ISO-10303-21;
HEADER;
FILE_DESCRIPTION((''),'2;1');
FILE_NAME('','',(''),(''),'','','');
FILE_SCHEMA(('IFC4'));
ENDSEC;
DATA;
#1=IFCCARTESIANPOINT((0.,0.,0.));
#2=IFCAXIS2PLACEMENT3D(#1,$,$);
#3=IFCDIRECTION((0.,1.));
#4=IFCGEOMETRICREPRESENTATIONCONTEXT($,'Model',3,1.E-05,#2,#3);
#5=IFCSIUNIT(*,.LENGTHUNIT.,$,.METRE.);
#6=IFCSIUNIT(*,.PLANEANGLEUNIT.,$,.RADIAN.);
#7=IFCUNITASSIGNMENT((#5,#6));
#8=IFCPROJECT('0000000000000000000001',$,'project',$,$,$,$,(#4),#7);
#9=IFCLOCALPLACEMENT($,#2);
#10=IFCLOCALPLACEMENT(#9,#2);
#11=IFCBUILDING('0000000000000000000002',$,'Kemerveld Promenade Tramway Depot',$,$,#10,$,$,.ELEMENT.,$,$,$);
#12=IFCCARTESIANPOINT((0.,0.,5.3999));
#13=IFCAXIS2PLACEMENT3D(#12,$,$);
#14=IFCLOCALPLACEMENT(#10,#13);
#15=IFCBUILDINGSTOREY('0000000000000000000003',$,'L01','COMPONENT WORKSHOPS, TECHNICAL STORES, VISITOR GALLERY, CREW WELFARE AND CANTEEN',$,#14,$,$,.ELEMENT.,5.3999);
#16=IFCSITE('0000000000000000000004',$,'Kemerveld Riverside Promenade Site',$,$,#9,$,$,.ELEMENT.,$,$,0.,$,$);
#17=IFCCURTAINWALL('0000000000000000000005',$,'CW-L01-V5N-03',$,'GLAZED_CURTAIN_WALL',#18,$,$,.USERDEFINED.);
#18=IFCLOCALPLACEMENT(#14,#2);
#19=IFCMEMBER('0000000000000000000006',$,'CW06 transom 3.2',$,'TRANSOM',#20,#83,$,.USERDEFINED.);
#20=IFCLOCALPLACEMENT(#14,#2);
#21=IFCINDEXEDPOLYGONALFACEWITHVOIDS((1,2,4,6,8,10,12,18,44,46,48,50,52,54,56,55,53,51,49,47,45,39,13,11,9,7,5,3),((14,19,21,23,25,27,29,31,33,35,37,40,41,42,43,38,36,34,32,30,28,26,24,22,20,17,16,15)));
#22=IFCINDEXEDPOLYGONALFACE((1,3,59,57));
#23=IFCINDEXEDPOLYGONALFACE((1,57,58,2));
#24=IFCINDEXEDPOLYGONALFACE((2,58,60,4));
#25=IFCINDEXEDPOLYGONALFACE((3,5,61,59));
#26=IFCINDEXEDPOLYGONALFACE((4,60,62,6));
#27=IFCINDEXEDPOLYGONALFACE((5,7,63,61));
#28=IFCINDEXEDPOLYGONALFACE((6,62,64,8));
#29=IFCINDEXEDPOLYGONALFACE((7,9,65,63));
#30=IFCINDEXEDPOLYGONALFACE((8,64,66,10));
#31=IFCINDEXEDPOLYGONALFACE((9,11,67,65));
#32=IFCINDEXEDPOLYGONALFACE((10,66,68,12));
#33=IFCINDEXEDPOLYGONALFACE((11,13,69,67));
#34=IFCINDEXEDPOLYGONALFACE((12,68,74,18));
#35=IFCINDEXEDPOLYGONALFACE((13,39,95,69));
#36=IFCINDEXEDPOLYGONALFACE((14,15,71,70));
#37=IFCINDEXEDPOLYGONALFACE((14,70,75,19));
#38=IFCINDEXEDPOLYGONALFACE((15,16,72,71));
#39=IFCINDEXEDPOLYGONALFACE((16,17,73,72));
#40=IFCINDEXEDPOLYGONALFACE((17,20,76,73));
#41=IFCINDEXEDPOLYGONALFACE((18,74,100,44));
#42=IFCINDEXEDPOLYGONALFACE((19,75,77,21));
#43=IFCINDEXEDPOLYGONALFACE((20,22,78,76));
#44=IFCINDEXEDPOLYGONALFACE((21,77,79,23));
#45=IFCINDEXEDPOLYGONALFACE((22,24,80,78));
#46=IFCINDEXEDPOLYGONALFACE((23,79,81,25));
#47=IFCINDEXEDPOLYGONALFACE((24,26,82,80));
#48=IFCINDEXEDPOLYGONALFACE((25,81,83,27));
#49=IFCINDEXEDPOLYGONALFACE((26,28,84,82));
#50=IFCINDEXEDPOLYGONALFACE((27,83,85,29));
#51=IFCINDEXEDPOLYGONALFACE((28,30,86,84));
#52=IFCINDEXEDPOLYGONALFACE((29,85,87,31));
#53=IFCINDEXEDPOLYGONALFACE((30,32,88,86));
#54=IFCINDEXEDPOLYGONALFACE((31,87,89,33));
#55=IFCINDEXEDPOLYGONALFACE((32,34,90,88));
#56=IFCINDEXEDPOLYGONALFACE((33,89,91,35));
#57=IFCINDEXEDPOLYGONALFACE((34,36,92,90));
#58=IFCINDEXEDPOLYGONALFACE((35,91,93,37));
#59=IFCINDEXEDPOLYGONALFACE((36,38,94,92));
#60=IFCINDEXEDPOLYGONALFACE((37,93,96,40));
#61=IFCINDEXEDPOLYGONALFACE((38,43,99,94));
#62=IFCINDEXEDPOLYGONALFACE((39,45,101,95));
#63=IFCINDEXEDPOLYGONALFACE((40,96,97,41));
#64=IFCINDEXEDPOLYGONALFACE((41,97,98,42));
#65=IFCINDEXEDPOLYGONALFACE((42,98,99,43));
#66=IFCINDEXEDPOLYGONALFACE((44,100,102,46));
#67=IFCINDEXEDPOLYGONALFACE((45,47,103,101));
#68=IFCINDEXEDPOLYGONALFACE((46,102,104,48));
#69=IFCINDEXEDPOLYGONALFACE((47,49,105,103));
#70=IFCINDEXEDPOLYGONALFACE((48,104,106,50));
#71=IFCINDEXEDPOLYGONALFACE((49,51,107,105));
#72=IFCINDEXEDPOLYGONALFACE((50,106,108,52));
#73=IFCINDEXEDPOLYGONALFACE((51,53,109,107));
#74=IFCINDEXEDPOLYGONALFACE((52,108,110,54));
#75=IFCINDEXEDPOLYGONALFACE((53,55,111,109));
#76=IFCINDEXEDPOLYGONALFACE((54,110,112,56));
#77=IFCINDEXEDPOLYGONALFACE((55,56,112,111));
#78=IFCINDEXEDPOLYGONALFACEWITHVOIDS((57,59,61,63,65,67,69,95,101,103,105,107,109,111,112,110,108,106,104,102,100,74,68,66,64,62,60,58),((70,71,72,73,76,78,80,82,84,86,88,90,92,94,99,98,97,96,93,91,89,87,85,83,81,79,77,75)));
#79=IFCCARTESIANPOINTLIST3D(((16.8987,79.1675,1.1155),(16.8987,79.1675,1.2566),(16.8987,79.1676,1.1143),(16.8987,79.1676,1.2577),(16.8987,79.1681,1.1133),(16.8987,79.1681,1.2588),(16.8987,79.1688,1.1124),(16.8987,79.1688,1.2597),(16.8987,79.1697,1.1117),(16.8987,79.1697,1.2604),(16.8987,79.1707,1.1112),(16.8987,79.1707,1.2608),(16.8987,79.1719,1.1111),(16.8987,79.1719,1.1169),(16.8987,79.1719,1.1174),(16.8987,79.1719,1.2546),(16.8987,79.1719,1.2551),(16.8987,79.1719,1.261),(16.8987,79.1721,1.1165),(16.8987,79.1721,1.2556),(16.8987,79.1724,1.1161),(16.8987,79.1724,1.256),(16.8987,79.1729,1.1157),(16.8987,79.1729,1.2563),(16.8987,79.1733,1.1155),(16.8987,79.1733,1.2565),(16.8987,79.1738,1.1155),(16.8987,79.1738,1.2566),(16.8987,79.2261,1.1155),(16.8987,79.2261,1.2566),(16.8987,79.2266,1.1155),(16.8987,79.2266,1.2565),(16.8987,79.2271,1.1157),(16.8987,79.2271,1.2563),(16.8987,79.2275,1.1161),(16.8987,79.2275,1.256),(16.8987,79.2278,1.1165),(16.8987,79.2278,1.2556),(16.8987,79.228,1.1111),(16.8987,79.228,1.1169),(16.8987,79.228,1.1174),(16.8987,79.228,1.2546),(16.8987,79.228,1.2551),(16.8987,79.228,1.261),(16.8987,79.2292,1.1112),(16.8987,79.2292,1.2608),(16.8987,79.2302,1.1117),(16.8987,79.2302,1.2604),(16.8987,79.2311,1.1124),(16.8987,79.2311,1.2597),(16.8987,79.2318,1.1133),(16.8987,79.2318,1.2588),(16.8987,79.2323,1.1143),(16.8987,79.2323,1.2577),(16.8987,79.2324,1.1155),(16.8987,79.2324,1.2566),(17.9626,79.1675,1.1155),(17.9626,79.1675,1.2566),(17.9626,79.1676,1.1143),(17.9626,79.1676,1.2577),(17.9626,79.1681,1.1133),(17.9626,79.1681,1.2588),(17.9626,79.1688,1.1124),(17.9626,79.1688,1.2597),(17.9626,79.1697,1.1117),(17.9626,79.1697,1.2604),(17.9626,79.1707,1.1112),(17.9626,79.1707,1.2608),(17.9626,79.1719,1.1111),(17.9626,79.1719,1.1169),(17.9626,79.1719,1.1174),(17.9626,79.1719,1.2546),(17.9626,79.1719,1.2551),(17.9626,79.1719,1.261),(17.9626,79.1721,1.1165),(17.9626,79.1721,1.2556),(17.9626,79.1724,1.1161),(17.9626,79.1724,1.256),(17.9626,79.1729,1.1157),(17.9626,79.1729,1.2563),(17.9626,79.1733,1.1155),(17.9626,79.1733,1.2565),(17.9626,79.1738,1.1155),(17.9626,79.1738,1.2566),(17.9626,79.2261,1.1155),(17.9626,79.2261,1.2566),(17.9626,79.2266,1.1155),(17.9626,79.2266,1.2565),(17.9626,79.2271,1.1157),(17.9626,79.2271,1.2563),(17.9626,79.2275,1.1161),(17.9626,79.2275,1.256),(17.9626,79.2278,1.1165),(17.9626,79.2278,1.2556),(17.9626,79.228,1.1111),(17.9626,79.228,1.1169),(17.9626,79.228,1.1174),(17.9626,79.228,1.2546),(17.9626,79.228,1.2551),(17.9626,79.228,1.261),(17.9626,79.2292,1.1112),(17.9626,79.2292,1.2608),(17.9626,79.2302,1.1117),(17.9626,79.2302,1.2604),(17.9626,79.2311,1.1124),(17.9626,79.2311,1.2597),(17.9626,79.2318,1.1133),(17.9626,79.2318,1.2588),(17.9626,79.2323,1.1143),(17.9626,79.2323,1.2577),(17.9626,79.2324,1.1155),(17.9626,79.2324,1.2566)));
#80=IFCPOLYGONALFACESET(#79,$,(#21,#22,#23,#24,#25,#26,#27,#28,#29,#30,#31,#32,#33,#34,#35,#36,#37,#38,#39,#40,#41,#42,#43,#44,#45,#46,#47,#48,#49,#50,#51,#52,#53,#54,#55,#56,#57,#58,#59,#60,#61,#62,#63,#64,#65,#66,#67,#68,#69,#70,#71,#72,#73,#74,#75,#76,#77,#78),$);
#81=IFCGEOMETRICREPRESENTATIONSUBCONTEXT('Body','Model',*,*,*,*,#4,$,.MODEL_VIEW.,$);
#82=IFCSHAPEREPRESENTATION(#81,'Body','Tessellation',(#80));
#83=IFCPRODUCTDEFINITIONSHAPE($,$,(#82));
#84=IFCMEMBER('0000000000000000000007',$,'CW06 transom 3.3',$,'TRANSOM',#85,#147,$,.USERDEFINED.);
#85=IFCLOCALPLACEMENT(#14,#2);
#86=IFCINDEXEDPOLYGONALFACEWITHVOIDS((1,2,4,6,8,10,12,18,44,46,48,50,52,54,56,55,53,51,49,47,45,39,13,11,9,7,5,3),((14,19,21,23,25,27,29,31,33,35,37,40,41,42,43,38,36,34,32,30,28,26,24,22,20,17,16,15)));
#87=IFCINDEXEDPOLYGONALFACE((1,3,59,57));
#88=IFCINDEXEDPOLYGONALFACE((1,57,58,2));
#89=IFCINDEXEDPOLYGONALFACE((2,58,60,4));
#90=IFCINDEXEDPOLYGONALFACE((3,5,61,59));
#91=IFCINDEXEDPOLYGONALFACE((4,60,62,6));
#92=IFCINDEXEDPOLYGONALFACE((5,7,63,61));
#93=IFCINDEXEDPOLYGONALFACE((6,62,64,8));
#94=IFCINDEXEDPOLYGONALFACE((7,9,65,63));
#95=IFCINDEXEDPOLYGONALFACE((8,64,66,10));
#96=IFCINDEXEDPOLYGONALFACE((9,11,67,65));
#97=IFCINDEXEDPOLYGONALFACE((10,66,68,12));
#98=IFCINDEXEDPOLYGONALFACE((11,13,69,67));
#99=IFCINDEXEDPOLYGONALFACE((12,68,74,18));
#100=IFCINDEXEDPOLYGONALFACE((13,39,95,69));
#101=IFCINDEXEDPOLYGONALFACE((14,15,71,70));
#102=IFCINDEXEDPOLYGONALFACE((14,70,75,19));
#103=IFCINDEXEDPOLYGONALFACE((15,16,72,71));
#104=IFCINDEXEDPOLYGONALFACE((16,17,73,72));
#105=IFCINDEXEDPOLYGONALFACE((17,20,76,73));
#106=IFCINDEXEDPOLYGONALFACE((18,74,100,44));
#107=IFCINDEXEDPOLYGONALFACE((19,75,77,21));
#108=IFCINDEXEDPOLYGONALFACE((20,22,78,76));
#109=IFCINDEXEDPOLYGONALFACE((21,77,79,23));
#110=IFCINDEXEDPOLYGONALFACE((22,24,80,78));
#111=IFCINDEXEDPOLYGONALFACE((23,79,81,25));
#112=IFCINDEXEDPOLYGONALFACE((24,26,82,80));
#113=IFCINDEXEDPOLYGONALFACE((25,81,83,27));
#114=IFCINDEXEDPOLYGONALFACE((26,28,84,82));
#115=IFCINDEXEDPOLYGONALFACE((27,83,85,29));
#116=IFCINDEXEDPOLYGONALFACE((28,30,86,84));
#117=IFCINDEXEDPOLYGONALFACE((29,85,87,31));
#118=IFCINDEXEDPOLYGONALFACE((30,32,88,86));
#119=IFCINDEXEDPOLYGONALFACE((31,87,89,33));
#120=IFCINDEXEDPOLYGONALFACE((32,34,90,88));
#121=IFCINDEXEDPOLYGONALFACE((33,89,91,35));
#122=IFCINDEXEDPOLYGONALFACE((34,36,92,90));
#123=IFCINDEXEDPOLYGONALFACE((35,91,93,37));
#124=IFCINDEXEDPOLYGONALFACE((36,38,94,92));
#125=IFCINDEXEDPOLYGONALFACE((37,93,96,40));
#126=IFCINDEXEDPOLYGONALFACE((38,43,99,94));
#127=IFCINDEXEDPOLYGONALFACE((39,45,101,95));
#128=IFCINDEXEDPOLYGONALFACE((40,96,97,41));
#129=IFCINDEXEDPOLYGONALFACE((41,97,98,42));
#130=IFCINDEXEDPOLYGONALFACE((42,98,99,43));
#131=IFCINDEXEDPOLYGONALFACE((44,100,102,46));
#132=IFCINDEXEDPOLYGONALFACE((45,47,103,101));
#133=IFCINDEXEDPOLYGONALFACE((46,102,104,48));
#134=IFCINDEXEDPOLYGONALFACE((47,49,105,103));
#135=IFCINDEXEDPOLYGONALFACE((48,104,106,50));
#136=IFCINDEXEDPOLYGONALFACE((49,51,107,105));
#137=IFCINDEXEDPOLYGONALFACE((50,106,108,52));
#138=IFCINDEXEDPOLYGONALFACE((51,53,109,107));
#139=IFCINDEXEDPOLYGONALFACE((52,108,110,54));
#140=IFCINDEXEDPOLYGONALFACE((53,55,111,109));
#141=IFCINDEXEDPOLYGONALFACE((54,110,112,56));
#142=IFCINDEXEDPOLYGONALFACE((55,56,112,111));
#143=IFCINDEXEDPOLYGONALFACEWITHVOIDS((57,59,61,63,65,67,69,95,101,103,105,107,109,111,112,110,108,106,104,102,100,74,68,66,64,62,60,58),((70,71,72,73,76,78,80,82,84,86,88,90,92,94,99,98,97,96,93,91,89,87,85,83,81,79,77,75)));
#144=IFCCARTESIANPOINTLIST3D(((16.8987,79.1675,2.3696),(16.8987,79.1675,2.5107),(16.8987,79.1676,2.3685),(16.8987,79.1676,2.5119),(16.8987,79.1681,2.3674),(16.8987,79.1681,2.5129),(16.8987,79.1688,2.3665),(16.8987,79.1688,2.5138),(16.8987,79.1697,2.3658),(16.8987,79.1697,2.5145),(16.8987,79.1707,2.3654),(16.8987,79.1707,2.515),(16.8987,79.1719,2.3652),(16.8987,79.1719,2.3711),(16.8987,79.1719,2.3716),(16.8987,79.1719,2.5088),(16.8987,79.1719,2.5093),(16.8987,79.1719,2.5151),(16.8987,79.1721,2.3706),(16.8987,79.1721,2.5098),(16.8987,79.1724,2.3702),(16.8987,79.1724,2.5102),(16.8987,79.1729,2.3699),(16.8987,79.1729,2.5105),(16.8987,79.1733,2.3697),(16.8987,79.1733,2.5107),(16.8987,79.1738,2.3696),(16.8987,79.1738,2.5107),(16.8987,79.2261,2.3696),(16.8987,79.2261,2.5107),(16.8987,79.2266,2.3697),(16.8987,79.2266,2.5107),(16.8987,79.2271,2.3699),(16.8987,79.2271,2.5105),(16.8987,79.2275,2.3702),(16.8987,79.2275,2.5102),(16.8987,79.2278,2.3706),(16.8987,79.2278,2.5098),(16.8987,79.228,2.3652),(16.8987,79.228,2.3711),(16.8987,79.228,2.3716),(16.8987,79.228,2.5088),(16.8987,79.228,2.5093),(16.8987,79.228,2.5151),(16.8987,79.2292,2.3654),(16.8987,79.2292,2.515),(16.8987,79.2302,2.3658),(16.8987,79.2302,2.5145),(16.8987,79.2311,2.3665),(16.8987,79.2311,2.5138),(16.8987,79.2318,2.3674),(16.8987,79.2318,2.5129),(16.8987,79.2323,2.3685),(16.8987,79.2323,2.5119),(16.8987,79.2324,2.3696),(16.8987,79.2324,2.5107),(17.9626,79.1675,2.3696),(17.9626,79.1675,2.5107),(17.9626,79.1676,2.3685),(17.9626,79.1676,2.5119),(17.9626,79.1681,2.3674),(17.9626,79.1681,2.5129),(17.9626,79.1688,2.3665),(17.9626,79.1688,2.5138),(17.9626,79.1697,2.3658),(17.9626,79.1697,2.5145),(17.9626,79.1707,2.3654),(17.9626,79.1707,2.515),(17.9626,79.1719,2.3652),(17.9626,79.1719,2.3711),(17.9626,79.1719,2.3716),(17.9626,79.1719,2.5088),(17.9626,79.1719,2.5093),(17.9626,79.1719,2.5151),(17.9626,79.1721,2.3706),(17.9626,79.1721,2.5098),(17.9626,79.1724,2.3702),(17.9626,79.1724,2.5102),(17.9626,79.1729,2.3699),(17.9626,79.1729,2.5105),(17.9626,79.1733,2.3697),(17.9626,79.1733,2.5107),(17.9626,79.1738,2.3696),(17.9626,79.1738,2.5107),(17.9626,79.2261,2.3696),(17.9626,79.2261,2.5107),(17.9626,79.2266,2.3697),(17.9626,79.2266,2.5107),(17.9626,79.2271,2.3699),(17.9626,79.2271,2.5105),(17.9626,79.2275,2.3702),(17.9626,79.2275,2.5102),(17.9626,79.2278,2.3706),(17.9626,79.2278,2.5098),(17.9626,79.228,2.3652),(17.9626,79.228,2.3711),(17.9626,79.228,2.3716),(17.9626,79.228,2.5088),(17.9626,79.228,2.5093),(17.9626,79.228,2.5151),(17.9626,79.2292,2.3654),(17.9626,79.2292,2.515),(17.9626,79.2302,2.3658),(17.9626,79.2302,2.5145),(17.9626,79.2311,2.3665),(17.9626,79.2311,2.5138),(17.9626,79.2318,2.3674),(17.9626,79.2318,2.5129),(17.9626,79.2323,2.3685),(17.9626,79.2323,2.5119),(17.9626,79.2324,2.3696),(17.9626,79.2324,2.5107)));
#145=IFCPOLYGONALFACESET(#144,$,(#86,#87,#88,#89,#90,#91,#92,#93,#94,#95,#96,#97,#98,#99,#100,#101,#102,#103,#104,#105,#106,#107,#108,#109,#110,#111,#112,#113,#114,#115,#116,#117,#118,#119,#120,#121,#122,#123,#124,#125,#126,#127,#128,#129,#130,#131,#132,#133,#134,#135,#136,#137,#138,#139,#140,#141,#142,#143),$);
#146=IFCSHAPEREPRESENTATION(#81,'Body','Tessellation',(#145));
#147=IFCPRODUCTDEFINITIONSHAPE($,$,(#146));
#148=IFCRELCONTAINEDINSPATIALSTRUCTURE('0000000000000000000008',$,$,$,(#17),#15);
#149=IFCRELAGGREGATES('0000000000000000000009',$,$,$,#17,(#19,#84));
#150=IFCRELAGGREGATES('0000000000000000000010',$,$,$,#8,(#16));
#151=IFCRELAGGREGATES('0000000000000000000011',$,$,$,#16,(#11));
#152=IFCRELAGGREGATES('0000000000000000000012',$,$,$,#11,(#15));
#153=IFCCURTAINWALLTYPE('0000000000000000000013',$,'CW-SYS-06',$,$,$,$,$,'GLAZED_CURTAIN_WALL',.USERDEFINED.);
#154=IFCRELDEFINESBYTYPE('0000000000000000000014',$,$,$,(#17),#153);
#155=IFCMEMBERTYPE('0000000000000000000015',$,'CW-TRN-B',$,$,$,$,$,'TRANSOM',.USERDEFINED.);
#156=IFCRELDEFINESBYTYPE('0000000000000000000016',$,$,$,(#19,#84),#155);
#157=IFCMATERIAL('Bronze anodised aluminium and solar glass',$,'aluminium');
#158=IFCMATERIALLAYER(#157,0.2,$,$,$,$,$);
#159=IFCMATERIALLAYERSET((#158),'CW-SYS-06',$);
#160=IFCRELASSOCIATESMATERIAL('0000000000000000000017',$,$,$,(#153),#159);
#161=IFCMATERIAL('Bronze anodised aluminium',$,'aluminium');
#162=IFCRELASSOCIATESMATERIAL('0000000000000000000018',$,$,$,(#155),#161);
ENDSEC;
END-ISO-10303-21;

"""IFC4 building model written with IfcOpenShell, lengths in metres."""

from ifc_helpers import new_model, si_unit, direction, frame, origin, origin_2d, place, context, subcontext, project, spatial, hollow_rectangle, extrude, material, layer, layer_set, material_profile, profile_set, type_object, element, aggregate, save


model = new_model("IFC4")

# Units and contexts
model_context = context("Model", 3, precision=1e-05, world=origin(), true_north=direction((0.0, 1.0)))
body_context = subcontext(model_context, "Body", "Model", "MODEL_VIEW")
ifc_project = project(units=[si_unit("LENGTHUNIT", "METRE"), si_unit("PLANEANGLEUNIT", "RADIAN")], contexts=[model_context])

# Site, building, storey
site_placement = place(None, origin())
site = spatial("IfcSite", under=ifc_project, at=site_placement, Name="Kemerveld Riverside Promenade Site", CompositionType="ELEMENT", RefElevation=0.0)
building_placement = place(site_placement, origin())
building = spatial("IfcBuilding", under=site, at=building_placement, Name="Kemerveld Promenade Tramway Depot", CompositionType="ELEMENT")
storey_placement = place(building_placement, frame((0.0, 0.0, 5.3999)))
storey = spatial("IfcBuildingStorey", under=building, at=storey_placement, Name="L01", Description="COMPONENT WORKSHOPS, TECHNICAL STORES, VISITOR GALLERY, CREW WELFARE AND CANTEEN", CompositionType="ELEMENT", Elevation=5.3999)

# Curtain wall, members
ifc_material_1 = material(Name="Bronze anodised aluminium and solar glass", Category="aluminium")
ifc_layer_1 = layer(ifc_material_1, 0.2)
ifc_layer_set_1 = layer_set([ifc_layer_1], Name="CW-SYS-06")
curtain_wall_type = type_object("IfcCurtainWallType", Name="CW-SYS-06", ElementType="GLAZED_CURTAIN_WALL", PredefinedType="USERDEFINED", material=ifc_layer_set_1)
curtain_wall_placement = place(storey_placement, origin())
curtain_wall = element("IfcCurtainWall", 1, at=curtain_wall_placement, inside=storey, type_object=curtain_wall_type, Name="CW-L01-V5N-03", ObjectType="GLAZED_CURTAIN_WALL", PredefinedType="USERDEFINED")
ifc_material_2 = material(Name="Bronze anodised aluminium", Category="aluminium")
ifc_material_profile_1 = material_profile(ifc_material_2, hollow_rectangle(XDim=0.0649, YDim=0.1499, WallThickness=0.0044, InnerFilletRadius=0.002, OuterFilletRadius=0.0044, at=origin_2d()), Name="CW-TRN-150x65")
ifc_profile_set_1 = profile_set([ifc_material_profile_1], Name="Bronze anodised aluminium")
member_type_1 = type_object("IfcMemberType", Name="CW-TRN-B", ElementType="TRANSOM", PredefinedType="USERDEFINED", material=ifc_profile_set_1)
member_1_placement = place(storey_placement, frame((16.8987, 79.2, 1.186), z_axis=(1.0, 0.0, 0.0), x_axis=(0.0, 1.0, 0.0)))
member_1 = element("IfcMember", 2, at=member_1_placement, type_object=member_type_1, Name="CW06 transom 3.2", ObjectType="TRANSOM", PredefinedType="USERDEFINED", context=body_context, shape_type="SweptSolid", body=[
    extrude(hollow_rectangle(XDim=0.0649, YDim=0.1499, WallThickness=0.0044, InnerFilletRadius=0.002, OuterFilletRadius=0.0044, at=origin_2d()), origin(), (0.0, 0.0, 1.0), 1.064),
])
member_2_placement = place(storey_placement, frame((16.8987, 79.2, 2.4402), z_axis=(1.0, 0.0, 0.0), x_axis=(0.0, 1.0, 0.0)))
member_2 = element("IfcMember", 3, at=member_2_placement, type_object=member_type_1, Name="CW06 transom 3.3", ObjectType="TRANSOM", PredefinedType="USERDEFINED", context=body_context, shape_type="SweptSolid", body=[
    extrude(hollow_rectangle(XDim=0.0649, YDim=0.1499, WallThickness=0.0044, InnerFilletRadius=0.002, OuterFilletRadius=0.0044, at=origin_2d()), origin(), (0.0, 0.0, 1.0), 1.064),
])
aggregate(curtain_wall, [member_1, member_2])

save(model, "model.ifc")
